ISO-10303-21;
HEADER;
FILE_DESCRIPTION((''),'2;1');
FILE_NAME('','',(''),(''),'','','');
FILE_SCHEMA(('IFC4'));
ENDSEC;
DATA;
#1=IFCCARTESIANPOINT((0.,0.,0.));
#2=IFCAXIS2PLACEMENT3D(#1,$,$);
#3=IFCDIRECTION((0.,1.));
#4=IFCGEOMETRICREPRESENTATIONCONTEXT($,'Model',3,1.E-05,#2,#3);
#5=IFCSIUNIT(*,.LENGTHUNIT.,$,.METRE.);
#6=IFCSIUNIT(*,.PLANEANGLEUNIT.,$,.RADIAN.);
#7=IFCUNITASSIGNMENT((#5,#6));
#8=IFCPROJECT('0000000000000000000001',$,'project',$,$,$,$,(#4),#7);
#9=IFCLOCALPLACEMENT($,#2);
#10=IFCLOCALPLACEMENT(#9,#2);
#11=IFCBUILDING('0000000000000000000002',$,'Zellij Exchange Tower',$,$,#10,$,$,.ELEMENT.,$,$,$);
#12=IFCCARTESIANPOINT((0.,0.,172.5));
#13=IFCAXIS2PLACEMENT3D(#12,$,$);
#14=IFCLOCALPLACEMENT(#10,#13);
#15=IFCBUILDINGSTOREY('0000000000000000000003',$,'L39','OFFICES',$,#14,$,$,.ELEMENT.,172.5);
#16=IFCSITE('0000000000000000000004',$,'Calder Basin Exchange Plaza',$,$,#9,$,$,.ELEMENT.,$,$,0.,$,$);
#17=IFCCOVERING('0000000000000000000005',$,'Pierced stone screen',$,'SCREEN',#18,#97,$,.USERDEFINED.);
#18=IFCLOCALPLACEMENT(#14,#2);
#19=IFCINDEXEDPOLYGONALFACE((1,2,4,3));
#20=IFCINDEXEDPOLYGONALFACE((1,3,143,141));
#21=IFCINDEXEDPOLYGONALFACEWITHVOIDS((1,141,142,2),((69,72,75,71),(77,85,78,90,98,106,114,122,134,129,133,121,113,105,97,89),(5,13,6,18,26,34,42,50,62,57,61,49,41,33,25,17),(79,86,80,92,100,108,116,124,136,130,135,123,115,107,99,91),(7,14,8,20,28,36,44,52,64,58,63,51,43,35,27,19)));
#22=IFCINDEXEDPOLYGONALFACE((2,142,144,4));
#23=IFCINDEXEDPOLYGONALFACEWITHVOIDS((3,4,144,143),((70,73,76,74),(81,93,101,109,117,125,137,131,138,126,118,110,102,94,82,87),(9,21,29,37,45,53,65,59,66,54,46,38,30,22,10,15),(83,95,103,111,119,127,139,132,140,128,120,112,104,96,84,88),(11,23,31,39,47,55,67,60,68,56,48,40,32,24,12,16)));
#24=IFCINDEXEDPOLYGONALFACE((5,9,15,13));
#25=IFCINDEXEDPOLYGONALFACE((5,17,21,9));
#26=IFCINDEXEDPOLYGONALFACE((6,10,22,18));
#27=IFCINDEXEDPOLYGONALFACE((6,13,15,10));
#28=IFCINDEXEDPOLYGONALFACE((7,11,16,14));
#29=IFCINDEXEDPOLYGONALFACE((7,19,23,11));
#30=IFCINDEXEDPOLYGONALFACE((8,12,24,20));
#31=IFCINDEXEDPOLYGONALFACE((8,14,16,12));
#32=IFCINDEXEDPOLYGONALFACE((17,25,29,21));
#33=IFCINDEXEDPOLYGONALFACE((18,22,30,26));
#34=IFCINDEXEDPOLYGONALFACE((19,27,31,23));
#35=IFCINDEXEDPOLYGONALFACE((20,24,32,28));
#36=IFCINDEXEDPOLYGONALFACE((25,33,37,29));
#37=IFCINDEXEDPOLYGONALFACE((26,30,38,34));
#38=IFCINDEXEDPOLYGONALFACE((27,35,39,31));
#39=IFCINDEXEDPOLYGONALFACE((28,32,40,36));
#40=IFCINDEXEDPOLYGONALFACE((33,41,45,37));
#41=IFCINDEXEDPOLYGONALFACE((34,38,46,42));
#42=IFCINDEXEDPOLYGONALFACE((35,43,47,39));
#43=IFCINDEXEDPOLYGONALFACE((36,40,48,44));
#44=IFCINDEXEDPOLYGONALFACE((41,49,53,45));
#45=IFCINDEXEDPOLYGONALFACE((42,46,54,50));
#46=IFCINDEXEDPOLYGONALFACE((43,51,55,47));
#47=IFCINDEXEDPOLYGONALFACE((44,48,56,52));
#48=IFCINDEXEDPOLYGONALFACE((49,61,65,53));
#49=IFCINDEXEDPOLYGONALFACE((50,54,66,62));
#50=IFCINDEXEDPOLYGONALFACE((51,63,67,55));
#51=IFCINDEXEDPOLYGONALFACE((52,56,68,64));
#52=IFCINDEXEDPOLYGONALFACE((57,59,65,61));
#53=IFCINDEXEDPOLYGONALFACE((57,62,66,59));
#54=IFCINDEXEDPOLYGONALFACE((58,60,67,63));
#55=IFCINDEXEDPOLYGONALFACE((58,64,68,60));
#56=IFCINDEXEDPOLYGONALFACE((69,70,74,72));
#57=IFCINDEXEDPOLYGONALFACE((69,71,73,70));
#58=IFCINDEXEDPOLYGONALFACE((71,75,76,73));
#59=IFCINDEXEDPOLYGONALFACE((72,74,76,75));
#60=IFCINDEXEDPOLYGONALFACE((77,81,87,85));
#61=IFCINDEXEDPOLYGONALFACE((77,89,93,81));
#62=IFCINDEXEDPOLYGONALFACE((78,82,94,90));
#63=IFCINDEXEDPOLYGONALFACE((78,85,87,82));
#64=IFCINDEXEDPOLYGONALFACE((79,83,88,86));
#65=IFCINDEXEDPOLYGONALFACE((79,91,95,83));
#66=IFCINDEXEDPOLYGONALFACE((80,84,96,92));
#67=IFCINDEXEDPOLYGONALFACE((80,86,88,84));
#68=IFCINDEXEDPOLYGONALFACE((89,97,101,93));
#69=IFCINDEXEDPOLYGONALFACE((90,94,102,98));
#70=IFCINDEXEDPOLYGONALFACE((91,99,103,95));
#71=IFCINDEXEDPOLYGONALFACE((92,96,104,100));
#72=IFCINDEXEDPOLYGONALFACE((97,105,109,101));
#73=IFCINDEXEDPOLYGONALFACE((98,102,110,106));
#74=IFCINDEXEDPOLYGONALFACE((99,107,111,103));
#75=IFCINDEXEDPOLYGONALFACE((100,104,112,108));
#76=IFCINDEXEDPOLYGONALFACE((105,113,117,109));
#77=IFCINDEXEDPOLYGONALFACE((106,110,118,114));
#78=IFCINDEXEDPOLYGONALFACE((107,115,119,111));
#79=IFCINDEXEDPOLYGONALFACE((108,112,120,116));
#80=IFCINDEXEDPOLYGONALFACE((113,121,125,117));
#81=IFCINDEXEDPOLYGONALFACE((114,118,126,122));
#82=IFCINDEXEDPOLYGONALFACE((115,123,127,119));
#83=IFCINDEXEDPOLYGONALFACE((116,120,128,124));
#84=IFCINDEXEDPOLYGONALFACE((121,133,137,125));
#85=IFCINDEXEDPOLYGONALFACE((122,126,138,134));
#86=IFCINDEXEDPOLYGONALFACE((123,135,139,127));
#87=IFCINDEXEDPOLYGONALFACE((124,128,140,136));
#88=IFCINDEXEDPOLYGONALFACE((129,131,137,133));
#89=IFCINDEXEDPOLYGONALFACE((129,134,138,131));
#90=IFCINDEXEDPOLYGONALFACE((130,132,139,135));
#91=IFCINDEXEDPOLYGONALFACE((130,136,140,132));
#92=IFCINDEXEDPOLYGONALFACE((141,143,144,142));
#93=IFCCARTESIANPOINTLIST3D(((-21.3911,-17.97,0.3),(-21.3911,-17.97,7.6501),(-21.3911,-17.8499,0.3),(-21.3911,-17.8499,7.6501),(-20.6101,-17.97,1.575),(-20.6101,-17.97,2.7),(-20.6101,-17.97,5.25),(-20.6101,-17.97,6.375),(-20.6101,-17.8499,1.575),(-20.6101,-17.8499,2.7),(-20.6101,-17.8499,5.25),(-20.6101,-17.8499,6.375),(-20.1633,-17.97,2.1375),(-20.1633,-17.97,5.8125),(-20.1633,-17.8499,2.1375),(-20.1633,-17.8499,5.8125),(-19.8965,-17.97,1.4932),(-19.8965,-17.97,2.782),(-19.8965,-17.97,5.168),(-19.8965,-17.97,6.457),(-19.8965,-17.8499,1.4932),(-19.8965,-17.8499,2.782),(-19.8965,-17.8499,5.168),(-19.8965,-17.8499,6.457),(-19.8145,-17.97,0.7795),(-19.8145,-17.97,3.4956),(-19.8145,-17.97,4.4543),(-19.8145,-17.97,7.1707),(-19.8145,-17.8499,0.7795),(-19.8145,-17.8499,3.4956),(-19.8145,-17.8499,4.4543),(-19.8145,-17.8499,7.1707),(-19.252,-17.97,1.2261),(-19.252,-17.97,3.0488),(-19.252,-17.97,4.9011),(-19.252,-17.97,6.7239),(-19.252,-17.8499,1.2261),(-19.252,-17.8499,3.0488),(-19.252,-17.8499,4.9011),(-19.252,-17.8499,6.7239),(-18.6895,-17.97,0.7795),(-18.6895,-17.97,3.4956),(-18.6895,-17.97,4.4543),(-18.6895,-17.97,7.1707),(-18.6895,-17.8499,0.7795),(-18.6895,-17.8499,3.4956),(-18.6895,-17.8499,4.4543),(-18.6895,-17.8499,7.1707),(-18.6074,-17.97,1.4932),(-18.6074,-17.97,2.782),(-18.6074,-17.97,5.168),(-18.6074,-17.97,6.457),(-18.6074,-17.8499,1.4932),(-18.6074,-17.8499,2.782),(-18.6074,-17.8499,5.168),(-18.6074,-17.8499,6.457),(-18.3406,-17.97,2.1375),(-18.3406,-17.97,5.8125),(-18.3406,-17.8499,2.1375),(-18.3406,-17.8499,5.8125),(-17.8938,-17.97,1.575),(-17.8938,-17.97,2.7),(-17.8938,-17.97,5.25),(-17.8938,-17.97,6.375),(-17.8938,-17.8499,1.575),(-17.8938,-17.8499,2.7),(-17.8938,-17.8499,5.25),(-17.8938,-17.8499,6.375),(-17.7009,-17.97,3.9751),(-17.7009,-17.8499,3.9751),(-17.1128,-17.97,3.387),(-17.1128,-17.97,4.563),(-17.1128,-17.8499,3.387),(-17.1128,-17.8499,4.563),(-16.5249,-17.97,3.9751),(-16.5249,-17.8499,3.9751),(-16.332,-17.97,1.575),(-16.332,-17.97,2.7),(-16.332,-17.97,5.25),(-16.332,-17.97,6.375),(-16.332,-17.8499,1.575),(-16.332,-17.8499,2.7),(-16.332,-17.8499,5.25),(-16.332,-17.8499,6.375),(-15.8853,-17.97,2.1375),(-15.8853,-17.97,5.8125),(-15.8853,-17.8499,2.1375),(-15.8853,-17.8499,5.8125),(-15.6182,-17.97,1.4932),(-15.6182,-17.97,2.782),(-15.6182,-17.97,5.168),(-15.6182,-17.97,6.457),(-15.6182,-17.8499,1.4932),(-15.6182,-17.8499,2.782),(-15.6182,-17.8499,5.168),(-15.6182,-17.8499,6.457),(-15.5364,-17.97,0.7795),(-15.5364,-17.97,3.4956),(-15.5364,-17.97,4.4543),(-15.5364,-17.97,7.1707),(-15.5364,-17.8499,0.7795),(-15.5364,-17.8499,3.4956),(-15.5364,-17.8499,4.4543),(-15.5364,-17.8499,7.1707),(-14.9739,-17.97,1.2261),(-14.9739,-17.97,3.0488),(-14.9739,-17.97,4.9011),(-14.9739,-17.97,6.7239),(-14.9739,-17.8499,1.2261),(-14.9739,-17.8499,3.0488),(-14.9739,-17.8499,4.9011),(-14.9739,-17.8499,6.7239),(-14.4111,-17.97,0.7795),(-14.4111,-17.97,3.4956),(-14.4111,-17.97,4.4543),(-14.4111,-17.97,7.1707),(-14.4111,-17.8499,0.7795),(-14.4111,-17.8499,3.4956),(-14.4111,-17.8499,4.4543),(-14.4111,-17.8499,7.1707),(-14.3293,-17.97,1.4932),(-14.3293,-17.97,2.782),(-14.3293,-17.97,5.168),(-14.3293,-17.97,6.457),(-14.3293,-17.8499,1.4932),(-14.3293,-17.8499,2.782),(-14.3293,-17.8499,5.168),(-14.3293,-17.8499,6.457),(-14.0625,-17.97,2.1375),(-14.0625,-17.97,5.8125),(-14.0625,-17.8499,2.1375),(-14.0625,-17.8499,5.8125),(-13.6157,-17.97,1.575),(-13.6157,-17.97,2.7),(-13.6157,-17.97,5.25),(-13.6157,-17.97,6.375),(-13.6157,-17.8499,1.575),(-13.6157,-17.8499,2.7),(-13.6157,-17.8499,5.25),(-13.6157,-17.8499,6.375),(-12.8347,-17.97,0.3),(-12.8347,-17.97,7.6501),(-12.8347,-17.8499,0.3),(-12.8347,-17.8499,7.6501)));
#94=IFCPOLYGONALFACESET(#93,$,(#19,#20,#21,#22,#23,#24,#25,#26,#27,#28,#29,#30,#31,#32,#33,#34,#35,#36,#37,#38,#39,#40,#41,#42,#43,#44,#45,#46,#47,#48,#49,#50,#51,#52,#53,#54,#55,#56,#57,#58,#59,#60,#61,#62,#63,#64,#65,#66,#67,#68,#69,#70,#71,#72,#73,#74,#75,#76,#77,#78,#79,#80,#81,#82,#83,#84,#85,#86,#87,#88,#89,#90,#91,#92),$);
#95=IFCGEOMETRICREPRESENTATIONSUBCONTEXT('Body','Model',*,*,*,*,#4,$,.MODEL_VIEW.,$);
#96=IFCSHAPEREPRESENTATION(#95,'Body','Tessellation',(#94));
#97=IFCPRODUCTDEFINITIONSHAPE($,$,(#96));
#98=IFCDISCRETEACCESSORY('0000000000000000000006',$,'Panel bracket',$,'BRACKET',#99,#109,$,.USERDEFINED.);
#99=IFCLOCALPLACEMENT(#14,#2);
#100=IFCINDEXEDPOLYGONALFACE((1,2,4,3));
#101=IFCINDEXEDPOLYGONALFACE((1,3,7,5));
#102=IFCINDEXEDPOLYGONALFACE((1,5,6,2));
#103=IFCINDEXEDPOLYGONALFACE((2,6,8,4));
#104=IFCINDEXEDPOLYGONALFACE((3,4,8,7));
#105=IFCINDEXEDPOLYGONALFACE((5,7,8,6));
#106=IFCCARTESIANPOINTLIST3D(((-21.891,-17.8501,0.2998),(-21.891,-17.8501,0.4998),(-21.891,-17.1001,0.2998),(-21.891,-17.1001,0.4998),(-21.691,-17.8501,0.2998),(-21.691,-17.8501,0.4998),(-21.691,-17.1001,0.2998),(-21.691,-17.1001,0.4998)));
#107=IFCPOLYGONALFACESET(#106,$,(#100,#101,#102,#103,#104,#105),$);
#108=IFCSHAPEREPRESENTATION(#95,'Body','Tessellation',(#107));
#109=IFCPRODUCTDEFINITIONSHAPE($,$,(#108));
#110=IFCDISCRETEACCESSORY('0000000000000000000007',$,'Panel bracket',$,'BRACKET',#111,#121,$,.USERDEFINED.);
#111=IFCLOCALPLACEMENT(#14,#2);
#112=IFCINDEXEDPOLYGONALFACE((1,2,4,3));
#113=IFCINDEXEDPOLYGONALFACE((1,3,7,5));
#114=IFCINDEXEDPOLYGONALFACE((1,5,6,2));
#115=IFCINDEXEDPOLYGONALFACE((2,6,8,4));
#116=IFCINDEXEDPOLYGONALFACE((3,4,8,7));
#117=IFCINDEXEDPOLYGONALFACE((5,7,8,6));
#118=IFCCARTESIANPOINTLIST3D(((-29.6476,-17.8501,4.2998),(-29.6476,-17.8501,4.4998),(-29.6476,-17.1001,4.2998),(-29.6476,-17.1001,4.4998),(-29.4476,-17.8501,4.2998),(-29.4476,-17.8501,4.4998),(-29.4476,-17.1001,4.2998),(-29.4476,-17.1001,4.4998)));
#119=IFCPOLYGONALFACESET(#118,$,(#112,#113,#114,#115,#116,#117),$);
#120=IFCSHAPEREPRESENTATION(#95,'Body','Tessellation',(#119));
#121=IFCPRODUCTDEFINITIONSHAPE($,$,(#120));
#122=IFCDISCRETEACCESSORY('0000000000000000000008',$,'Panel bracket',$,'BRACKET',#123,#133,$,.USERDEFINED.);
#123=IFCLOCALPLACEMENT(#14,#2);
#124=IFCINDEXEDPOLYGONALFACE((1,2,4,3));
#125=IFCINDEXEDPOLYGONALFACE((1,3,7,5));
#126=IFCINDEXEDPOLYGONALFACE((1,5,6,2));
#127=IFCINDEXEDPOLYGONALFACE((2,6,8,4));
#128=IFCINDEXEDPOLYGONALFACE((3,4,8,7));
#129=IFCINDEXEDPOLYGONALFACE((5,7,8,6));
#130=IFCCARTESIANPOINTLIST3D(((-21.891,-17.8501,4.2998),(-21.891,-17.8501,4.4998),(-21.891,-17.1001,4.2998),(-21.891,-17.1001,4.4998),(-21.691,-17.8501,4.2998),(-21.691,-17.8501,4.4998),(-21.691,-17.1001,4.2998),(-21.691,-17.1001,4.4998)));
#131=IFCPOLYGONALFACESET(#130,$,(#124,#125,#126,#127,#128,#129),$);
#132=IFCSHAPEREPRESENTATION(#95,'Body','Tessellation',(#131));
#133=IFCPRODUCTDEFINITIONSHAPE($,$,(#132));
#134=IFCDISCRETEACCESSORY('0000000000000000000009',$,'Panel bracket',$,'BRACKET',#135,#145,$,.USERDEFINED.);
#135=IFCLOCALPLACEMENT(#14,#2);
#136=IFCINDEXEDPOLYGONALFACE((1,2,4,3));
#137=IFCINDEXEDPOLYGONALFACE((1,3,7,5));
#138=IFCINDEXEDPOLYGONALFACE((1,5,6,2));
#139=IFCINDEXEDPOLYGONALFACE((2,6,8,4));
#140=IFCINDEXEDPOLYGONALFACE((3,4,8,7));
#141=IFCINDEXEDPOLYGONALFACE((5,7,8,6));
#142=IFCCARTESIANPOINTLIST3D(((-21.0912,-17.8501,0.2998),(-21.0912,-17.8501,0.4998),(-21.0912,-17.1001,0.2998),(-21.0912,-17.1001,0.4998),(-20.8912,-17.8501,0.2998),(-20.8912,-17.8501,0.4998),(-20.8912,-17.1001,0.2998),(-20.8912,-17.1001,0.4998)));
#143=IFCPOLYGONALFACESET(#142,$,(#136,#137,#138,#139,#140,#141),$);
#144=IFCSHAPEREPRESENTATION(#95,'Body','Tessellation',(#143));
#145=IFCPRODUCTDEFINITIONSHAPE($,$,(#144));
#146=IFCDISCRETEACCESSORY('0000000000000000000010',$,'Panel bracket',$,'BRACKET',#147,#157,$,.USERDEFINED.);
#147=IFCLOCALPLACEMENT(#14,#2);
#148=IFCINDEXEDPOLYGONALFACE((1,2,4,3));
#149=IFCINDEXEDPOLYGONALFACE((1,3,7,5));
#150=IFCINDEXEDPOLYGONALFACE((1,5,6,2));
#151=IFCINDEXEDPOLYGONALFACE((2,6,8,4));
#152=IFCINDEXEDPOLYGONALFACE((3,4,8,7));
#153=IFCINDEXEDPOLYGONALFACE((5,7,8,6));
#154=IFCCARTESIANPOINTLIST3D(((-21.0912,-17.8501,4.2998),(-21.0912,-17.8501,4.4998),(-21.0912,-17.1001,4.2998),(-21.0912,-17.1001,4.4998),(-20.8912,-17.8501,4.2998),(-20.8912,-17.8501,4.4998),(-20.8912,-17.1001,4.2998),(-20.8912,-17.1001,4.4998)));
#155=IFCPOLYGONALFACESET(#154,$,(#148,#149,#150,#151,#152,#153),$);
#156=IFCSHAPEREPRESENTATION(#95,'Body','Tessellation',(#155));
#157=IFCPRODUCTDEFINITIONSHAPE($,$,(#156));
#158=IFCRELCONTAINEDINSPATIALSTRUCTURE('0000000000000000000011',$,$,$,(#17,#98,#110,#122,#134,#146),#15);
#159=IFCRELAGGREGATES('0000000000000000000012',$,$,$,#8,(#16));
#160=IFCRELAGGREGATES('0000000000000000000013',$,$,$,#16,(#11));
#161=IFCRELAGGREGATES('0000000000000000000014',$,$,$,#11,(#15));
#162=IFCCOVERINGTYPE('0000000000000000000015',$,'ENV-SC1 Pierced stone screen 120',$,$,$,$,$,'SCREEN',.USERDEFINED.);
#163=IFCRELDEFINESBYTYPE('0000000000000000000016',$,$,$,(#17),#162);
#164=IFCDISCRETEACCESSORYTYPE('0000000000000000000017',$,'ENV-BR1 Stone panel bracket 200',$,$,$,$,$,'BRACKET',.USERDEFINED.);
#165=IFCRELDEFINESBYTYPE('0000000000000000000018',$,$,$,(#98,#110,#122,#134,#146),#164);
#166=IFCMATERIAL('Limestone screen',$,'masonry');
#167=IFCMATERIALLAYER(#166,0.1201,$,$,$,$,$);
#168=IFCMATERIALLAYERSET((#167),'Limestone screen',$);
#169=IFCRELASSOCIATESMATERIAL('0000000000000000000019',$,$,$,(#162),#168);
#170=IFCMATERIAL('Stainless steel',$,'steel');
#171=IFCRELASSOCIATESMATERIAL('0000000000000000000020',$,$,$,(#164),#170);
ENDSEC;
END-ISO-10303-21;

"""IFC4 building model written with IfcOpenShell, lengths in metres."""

from ifc_helpers import new_model, si_unit, direction, frame, origin, origin_2d, place, context, subcontext, project, spatial, polyline, rectangle, outline, extrude, material, layer, layer_set, type_object, element, save


model = new_model("IFC4")

# Units and contexts
model_context = context("Model", 3, precision=1e-05, world=origin(), true_north=direction((0.0, 1.0)))
body_context = subcontext(model_context, "Body", "Model", "MODEL_VIEW")
ifc_project = project(units=[si_unit("LENGTHUNIT", "METRE"), si_unit("PLANEANGLEUNIT", "RADIAN")], contexts=[model_context])

# Site, building, storey
site_placement = place(None, origin())
site = spatial("IfcSite", under=ifc_project, at=site_placement, Name="Calder Basin Exchange Plaza", CompositionType="ELEMENT", RefElevation=0.0)
building_placement = place(site_placement, origin())
building = spatial("IfcBuilding", under=site, at=building_placement, Name="Zellij Exchange Tower", CompositionType="ELEMENT")
storey_placement = place(building_placement, frame((0.0, 0.0, 172.5)))
storey = spatial("IfcBuildingStorey", under=building, at=storey_placement, Name="L39", Description="OFFICES", CompositionType="ELEMENT", Elevation=172.5)

# Shared definitions
ifc_material_1 = material(Name="Stainless steel", Category="steel")

# Covering
ifc_material_2 = material(Name="Limestone screen", Category="masonry")
ifc_layer_1 = layer(ifc_material_2, 0.1201)
ifc_layer_set_1 = layer_set([ifc_layer_1], Name="Limestone screen")
covering_type = type_object("IfcCoveringType", Name="ENV-SC1 Pierced stone screen 120", ElementType="SCREEN", PredefinedType="USERDEFINED", material=ifc_layer_set_1)
covering_placement = place(storey_placement, frame((-21.3911, -17.9099, 0.3), z_axis=(0.0, 0.0, 1.0), x_axis=(1.0, 0.0, 0.0)))
element("IfcCovering", 1, at=covering_placement, inside=storey, type_object=covering_type, Name="Pierced stone screen", ObjectType="SCREEN", PredefinedType="USERDEFINED", context=body_context, shape_type="SweptSolid", body=[
    extrude(outline(polyline([(0.0, 0.0), (8.5564, 0.0), (8.5564, 7.3501), (0.0, 7.3501), (0.0, 0.0)]), holes=[polyline([(3.4973, 2.3999), (2.7837, 2.4819), (2.7017, 3.1956), (2.1392, 2.7488), (1.5767, 3.1956), (1.4946, 2.4819), (0.781, 2.3999), (1.2278, 1.8374), (0.781, 1.2749), (1.4946, 1.1931), (1.5767, 0.4795), (2.1392, 0.926), (2.7017, 0.4795), (2.7837, 1.1931), (3.4973, 1.2749), (3.0505, 1.8374), (3.4973, 2.3999)]), polyline([(3.4973, 6.075), (2.7837, 6.157), (2.7017, 6.8706), (2.1392, 6.4238), (1.5767, 6.8706), (1.4946, 6.157), (0.781, 6.075), (1.2278, 5.5125), (0.781, 4.95), (1.4946, 4.8679), (1.5767, 4.1543), (2.1392, 4.6011), (2.7017, 4.1543), (2.7837, 4.8679), (3.4973, 4.95), (3.0505, 5.5125), (3.4973, 6.075)]), polyline([(7.7754, 2.3999), (7.0618, 2.4819), (6.98, 3.1956), (6.4172, 2.7488), (5.8547, 3.1956), (5.7729, 2.4819), (5.0591, 2.3999), (5.5059, 1.8374), (5.0591, 1.2749), (5.7729, 1.1931), (5.8547, 0.4795), (6.4172, 0.926), (6.98, 0.4795), (7.0618, 1.1931), (7.7754, 1.2749), (7.3286, 1.8374), (7.7754, 2.3999)]), polyline([(7.7754, 6.075), (7.0618, 6.157), (6.98, 6.8706), (6.4172, 6.4238), (5.8547, 6.8706), (5.7729, 6.157), (5.0591, 6.075), (5.5059, 5.5125), (5.0591, 4.95), (5.7729, 4.8679), (5.8547, 4.1543), (6.4172, 4.6011), (6.98, 4.1543), (7.0618, 4.8679), (7.7754, 4.95), (7.3286, 5.5125), (7.7754, 6.075)]), polyline([(4.8662, 3.675), (4.2783, 4.2629), (3.6902, 3.675), (4.2783, 3.0869), (4.8662, 3.675)])]), frame((0.0, 0.0601, 0.0), z_axis=(0.0, -1.0, 0.0), x_axis=(1.0, 0.0, 0.0)), (0.0, 0.0, 1.0), 0.1201),
])

# Discrete accessories
discrete_accessory_type = type_object("IfcDiscreteAccessoryType", Name="ENV-BR1 Stone panel bracket 200", ElementType="BRACKET", PredefinedType="USERDEFINED", material=ifc_material_1)
for number, where, z_axis, x_axis, name in (
    (2, (-21.791, -17.4751, 0.2998), (0.0, 0.0, 1.0), (1.0, 0.0, 0.0), "Panel bracket"),
    (3, (-29.5476, -17.4751, 4.2998), (0.0, 0.0, 1.0), (1.0, 0.0, 0.0), "Panel bracket"),
    (4, (-21.791, -17.4751, 4.2998), (0.0, 0.0, 1.0), (1.0, 0.0, 0.0), "Panel bracket"),
    (5, (-20.9912, -17.4751, 0.2998), (0.0, 0.0, 1.0), (1.0, 0.0, 0.0), "Panel bracket"),
    (6, (-20.9912, -17.4751, 4.2998), (0.0, 0.0, 1.0), (1.0, 0.0, 0.0), "Panel bracket"),
):
    element("IfcDiscreteAccessory", number, at=place(storey_placement, frame(where, z_axis=z_axis, x_axis=x_axis)), inside=storey, type_object=discrete_accessory_type, Name=name, ObjectType="BRACKET", PredefinedType="USERDEFINED", context=body_context, shape_type="SweptSolid", body=[
        extrude(rectangle(XDim=0.2, YDim=0.75, at=origin_2d()), origin(), (0.0, 0.0, 1.0), 0.2),
    ])

save(model, "model.ifc")
